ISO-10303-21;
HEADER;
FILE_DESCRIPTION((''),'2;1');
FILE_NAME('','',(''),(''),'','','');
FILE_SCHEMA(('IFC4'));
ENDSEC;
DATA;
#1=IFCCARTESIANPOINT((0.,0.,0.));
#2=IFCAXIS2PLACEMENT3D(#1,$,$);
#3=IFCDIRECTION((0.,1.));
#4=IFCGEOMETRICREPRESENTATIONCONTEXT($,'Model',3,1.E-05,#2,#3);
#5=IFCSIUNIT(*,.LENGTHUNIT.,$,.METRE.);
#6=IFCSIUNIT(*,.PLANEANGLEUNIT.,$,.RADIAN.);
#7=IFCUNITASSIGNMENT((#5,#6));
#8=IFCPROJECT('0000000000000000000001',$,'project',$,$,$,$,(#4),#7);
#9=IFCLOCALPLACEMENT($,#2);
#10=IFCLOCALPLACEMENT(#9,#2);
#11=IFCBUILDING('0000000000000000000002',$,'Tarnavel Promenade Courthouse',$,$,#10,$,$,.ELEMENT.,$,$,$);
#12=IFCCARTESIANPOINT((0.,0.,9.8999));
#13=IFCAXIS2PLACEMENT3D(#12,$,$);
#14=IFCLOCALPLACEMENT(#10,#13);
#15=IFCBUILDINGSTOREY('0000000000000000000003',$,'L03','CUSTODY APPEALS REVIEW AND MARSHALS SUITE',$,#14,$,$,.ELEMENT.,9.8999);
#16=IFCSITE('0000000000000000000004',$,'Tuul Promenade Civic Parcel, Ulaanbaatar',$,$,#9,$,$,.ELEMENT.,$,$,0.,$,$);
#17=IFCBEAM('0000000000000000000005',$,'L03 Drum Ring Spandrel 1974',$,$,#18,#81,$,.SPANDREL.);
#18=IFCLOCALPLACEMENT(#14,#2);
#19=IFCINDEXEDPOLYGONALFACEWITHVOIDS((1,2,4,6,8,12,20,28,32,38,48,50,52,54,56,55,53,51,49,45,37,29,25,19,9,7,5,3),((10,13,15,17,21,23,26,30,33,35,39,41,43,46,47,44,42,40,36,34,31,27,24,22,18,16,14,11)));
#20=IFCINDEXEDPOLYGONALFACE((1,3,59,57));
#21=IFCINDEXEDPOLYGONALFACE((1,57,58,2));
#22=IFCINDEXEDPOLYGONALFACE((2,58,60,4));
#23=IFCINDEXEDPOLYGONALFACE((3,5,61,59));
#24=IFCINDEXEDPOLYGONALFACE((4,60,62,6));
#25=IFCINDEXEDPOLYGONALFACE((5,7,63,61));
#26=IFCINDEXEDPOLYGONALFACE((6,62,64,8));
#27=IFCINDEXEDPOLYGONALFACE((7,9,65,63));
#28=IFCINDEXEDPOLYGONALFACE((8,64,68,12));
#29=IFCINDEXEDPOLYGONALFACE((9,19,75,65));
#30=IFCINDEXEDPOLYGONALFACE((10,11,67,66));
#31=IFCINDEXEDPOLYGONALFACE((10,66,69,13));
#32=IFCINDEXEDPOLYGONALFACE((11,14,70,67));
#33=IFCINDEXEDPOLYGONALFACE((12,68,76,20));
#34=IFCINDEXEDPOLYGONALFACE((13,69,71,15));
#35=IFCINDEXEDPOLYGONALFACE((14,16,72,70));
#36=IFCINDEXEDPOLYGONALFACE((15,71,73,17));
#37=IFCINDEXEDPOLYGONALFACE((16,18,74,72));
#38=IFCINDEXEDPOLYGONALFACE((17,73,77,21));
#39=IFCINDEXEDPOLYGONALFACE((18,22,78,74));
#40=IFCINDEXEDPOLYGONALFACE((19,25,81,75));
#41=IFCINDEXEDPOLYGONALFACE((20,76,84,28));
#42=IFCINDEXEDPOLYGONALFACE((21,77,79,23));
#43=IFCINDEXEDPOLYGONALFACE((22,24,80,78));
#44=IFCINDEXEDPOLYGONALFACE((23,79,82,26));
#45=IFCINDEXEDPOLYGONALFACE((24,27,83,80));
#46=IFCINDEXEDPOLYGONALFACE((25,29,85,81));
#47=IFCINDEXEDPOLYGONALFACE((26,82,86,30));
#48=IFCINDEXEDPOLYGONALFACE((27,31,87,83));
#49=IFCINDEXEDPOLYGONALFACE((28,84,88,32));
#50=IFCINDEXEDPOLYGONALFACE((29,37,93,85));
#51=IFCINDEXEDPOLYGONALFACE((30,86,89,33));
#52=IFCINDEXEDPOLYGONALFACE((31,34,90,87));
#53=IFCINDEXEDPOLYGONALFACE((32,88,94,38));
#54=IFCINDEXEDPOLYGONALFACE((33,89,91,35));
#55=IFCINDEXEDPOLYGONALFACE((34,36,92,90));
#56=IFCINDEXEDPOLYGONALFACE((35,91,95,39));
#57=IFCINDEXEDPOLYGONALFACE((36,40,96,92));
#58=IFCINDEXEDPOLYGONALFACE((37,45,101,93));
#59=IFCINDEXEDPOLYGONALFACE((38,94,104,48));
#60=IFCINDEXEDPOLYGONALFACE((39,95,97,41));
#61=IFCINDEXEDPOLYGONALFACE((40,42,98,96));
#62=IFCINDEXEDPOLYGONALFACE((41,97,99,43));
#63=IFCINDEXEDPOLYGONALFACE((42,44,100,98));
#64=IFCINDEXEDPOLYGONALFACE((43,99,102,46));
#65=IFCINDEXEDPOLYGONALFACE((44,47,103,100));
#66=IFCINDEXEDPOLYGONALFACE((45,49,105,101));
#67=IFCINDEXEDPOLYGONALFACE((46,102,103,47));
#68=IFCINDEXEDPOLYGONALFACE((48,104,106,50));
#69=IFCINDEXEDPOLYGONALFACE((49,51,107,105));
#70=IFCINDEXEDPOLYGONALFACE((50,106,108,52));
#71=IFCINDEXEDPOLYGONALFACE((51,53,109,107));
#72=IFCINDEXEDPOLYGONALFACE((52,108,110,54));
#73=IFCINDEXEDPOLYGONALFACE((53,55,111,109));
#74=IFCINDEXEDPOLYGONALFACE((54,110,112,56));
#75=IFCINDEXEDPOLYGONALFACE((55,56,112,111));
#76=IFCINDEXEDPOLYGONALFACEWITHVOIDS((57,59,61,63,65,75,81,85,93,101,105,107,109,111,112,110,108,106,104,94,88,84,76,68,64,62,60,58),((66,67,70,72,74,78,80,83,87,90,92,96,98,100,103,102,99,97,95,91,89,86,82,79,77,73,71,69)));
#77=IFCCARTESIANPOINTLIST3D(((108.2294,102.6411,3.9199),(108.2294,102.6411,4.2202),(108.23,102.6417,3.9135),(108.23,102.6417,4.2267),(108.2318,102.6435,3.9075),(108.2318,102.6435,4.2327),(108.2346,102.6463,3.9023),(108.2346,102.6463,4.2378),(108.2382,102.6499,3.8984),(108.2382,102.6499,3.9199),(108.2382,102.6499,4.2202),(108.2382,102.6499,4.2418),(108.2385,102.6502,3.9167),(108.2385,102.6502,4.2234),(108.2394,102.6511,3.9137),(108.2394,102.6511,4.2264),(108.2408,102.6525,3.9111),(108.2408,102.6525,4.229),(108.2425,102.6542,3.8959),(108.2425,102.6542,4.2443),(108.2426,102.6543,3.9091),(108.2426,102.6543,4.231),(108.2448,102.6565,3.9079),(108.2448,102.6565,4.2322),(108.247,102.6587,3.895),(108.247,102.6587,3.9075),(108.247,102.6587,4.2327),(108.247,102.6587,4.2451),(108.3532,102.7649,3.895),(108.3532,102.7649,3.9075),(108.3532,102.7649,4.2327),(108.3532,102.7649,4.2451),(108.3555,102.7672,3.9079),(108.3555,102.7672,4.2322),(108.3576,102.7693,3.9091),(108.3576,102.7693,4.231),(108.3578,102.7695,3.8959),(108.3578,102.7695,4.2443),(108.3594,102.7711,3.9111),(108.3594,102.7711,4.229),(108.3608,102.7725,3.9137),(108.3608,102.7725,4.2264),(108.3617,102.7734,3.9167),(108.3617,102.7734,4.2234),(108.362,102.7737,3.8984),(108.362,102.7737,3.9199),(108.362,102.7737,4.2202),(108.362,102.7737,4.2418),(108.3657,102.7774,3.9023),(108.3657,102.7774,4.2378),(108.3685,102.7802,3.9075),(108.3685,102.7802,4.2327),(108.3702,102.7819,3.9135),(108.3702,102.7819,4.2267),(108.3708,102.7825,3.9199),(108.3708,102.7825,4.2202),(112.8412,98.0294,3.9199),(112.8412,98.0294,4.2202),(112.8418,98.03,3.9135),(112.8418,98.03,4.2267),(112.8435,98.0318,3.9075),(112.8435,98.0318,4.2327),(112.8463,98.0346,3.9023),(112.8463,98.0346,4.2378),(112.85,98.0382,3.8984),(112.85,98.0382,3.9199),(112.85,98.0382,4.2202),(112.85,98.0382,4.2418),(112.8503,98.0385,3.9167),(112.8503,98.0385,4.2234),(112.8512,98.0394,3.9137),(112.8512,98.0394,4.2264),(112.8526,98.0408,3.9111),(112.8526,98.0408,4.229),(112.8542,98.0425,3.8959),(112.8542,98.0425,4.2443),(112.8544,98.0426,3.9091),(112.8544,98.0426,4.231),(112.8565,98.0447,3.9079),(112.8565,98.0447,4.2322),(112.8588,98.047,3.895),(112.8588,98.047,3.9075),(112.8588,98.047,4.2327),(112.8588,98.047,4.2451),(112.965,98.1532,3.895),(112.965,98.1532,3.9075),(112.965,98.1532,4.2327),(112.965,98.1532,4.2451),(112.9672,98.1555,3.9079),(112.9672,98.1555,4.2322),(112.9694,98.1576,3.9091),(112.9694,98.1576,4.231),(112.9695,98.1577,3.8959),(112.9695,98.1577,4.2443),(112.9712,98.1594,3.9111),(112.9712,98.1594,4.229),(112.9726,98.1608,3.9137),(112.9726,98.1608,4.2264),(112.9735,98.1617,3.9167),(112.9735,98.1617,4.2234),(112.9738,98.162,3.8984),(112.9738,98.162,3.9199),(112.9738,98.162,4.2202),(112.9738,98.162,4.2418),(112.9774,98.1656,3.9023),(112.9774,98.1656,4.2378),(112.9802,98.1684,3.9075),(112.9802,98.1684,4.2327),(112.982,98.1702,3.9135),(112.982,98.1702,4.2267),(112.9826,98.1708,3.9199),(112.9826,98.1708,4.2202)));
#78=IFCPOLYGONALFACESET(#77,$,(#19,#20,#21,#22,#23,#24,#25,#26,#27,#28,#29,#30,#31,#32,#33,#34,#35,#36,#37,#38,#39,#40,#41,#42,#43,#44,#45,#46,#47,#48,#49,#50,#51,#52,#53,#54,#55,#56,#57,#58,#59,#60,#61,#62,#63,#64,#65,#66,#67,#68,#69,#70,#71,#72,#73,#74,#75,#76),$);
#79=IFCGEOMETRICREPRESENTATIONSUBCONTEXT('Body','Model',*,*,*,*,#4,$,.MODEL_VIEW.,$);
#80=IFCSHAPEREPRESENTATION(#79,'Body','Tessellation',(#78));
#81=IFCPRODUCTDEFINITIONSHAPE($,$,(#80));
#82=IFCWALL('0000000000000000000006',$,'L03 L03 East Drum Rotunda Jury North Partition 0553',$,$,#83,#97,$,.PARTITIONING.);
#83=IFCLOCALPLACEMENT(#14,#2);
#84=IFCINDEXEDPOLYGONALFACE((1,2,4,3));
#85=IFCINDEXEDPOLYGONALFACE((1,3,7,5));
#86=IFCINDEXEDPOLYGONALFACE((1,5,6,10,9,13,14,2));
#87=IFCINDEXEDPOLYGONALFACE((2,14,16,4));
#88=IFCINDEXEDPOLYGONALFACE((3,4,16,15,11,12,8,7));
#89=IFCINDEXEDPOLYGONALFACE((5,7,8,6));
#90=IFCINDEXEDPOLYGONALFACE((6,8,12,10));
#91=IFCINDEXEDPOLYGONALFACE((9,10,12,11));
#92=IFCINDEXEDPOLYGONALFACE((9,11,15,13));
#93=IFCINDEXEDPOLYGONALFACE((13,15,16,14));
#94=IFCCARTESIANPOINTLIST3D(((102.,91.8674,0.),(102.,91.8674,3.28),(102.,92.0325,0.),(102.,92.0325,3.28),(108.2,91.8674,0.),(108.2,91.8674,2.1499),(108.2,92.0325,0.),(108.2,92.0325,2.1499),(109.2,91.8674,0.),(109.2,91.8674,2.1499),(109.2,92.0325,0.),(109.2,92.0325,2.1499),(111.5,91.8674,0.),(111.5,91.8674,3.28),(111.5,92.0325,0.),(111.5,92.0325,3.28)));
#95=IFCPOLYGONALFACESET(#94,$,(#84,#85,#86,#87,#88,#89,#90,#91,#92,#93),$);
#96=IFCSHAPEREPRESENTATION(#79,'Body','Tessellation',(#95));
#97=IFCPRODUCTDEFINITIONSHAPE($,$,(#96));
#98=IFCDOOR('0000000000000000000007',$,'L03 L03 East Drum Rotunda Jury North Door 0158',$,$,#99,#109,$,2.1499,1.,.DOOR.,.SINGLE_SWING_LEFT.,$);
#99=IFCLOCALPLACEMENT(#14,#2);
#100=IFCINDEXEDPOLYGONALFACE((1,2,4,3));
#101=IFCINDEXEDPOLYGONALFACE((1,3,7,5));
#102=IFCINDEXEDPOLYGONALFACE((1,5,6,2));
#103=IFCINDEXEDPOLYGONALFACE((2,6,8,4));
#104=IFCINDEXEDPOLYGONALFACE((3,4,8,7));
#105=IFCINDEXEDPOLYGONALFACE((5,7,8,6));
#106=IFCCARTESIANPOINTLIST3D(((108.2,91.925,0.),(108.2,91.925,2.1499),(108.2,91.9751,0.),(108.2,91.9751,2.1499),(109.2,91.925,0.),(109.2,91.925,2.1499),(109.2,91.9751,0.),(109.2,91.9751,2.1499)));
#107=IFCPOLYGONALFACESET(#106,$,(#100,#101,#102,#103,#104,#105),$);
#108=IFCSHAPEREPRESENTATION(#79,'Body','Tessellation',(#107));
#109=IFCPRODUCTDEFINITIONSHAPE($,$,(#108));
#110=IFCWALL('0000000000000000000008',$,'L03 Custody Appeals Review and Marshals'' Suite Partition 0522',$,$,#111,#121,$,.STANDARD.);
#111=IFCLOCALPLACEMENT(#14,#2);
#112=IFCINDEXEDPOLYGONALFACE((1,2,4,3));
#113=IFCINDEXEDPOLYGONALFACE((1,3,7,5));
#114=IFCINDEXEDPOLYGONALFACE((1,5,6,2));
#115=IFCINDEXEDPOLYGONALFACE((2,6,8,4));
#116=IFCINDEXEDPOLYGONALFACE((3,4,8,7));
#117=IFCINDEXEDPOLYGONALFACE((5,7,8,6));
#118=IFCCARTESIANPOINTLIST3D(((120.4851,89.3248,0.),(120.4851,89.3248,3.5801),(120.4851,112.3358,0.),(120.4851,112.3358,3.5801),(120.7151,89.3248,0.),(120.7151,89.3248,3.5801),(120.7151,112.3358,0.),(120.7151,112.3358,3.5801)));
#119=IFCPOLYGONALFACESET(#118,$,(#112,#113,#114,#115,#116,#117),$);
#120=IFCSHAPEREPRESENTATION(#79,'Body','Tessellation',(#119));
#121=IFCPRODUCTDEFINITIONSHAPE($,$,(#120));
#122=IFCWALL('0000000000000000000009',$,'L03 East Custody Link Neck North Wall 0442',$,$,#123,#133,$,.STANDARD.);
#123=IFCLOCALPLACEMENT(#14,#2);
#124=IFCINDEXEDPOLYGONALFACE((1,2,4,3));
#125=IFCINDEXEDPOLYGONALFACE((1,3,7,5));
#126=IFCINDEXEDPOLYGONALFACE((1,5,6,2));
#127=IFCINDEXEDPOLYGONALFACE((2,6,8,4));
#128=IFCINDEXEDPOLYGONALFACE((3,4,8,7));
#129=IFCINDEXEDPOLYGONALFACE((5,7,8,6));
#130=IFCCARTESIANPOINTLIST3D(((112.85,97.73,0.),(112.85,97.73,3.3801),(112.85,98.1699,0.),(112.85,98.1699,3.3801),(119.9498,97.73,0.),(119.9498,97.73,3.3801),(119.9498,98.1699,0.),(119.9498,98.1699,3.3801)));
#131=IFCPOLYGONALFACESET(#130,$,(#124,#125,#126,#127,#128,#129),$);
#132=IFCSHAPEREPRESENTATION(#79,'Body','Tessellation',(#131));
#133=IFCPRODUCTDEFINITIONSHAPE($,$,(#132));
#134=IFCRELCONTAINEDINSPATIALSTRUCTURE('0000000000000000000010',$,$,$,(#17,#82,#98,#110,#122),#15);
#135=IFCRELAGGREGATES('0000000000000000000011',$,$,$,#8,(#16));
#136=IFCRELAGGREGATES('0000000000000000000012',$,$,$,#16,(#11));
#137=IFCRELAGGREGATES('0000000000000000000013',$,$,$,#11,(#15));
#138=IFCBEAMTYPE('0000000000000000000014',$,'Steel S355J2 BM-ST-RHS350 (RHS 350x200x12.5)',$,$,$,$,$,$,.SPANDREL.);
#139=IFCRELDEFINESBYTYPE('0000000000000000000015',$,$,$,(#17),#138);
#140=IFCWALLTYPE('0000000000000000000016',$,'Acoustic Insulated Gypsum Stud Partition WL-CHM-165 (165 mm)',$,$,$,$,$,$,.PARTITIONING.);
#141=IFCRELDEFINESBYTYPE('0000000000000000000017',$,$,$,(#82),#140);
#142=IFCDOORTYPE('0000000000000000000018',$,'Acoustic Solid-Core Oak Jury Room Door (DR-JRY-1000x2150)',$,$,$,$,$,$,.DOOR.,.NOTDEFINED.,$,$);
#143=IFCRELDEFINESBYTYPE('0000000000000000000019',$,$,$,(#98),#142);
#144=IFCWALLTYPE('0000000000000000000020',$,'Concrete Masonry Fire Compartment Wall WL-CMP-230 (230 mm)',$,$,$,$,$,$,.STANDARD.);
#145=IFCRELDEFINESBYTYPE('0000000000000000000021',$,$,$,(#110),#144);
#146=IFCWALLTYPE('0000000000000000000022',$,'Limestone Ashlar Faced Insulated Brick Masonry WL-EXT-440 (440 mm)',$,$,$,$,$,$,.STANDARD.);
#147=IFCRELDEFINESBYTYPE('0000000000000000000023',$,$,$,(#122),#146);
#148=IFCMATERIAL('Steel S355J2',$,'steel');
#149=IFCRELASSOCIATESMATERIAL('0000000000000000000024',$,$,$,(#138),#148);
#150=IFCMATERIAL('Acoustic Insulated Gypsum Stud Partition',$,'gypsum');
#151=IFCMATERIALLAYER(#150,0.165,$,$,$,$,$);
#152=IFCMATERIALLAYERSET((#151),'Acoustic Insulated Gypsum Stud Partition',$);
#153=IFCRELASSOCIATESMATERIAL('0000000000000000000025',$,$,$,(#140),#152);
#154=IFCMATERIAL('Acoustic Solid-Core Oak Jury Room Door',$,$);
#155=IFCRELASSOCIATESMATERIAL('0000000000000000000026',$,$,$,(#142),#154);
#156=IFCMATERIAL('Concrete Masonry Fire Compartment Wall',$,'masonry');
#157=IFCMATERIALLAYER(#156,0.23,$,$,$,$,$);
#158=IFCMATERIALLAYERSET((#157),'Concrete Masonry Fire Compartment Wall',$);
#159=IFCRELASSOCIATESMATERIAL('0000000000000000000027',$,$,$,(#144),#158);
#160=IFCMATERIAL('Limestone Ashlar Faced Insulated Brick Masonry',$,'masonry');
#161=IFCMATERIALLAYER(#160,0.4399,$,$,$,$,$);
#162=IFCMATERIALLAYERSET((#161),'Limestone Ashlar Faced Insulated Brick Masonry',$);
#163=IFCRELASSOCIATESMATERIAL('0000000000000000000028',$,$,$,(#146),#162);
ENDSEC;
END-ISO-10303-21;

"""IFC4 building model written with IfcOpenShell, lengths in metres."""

from ifc_helpers import new_model, si_unit, direction, frame, frame_2d, origin, origin_2d, place, context, subcontext, project, spatial, rectangle, hollow_rectangle, extrude, material, layer, layer_set, material_profile, profile_set, type_object, element, fill, save


model = new_model("IFC4")

# Units and contexts
model_context = context("Model", 3, precision=1e-05, world=origin(), true_north=direction((0.0, 1.0)))
body_context = subcontext(model_context, "Body", "Model", "MODEL_VIEW")
ifc_project = project(units=[si_unit("LENGTHUNIT", "METRE"), si_unit("PLANEANGLEUNIT", "RADIAN")], contexts=[model_context])

# Site, building, storey
site_placement = place(None, origin())
site = spatial("IfcSite", under=ifc_project, at=site_placement, Name="Tuul Promenade Civic Parcel, Ulaanbaatar", CompositionType="ELEMENT", RefElevation=0.0)
building_placement = place(site_placement, origin())
building = spatial("IfcBuilding", under=site, at=building_placement, Name="Tarnavel Promenade Courthouse", CompositionType="ELEMENT")
storey_placement = place(building_placement, frame((0.0, 0.0, 9.8999)))
storey = spatial("IfcBuildingStorey", under=building, at=storey_placement, Name="L03", Description="CUSTODY APPEALS REVIEW AND MARSHALS SUITE", CompositionType="ELEMENT", Elevation=9.8999)

# Beam
ifc_material_1 = material(Name="Steel S355J2", Category="steel")
ifc_material_profile_1 = material_profile(ifc_material_1, hollow_rectangle(XDim=0.2, YDim=0.3501, WallThickness=0.0125, InnerFilletRadius=0.0125, OuterFilletRadius=0.0249, at=origin_2d()), Name="RHS 350x200x12.5")
ifc_profile_set_1 = profile_set([ifc_material_profile_1], Name="Steel S355J2")
beam_type_1 = type_object("IfcBeamType", Name="Steel S355J2 BM-ST-RHS350 (RHS 350x200x12.5)", PredefinedType="SPANDREL", material=ifc_profile_set_1)
beam_1_placement = place(storey_placement, frame((112.9119, 98.1001, 4.0701), z_axis=(-0.707107, 0.707107, 0.0), x_axis=(-0.707107, -0.707107, 0.0)))
element("IfcBeam", 1, at=beam_1_placement, inside=storey, type_object=beam_type_1, Name="L03 Drum Ring Spandrel 1974", PredefinedType="SPANDREL", context=body_context, shape_type="SweptSolid", body=[
    extrude(hollow_rectangle(XDim=0.2, YDim=0.3501, WallThickness=0.0125, InnerFilletRadius=0.0125, OuterFilletRadius=0.0249, at=origin_2d()), origin(), (0.0, 0.0, 1.0), 6.522),
])

# Wall, opening, door
ifc_material_2 = material(Name="Acoustic Insulated Gypsum Stud Partition", Category="gypsum")
ifc_layer_1 = layer(ifc_material_2, 0.165)
ifc_layer_set_1 = layer_set([ifc_layer_1], Name="Acoustic Insulated Gypsum Stud Partition")
wall_type_1 = type_object("IfcWallType", Name="Acoustic Insulated Gypsum Stud Partition WL-CHM-165 (165 mm)", PredefinedType="PARTITIONING", material=ifc_layer_set_1)
wall_1_placement = place(storey_placement, frame((111.5, 91.95, 0.0), z_axis=(0.0, 0.0, 1.0), x_axis=(-1.0, 0.0, 0.0)))
wall_1 = element("IfcWall", 2, at=wall_1_placement, inside=storey, type_object=wall_type_1, Name="L03 L03 East Drum Rotunda Jury North Partition 0553", PredefinedType="PARTITIONING", context=body_context, shape_type="SweptSolid", body=[
    extrude(rectangle(XDim=9.5, YDim=0.165, at=frame_2d((4.75, 0.0))), origin(), (0.0, 0.0, 1.0), 3.28),
])
opening_placement = place(wall_1_placement, frame((2.3, 0.0, 0.0)))
opening = element("IfcOpeningElement", 3, at=opening_placement, cuts=wall_1, PredefinedType="OPENING", context=body_context, shape_type="SweptSolid", body=[
    extrude(rectangle(XDim=1.0, YDim=2.1499, at=frame_2d((0.5, 1.075))), frame((0.0, 0.0925, 0.0), z_axis=(0.0, -1.0, 0.0), x_axis=(1.0, 0.0, 0.0)), (0.0, 0.0, 1.0), 0.1851),
])
ifc_material_3 = material(Name="Acoustic Solid-Core Oak Jury Room Door")
door_type = type_object("IfcDoorType", Name="Acoustic Solid-Core Oak Jury Room Door (DR-JRY-1000x2150)", OperationType="NOTDEFINED", PredefinedType="DOOR", material=ifc_material_3)
door_placement = place(opening_placement, origin())
door = element("IfcDoor", 4, at=door_placement, inside=storey, type_object=door_type, Name="L03 L03 East Drum Rotunda Jury North Door 0158", OperationType="SINGLE_SWING_LEFT", OverallHeight=2.1499, OverallWidth=1.0, PredefinedType="DOOR", context=body_context, shape_type="SweptSolid", body=[
    extrude(rectangle(XDim=1.0, YDim=2.1499, at=frame_2d((0.5, 1.075))), frame((0.0, 0.0249, 0.0), z_axis=(0.0, -1.0, 0.0), x_axis=(1.0, 0.0, 0.0)), (0.0, 0.0, 1.0), 0.05),
])
fill(opening, door)

# Walls
ifc_material_4 = material(Name="Concrete Masonry Fire Compartment Wall", Category="masonry")
ifc_layer_2 = layer(ifc_material_4, 0.23)
ifc_layer_set_2 = layer_set([ifc_layer_2], Name="Concrete Masonry Fire Compartment Wall")
wall_type_2 = type_object("IfcWallType", Name="Concrete Masonry Fire Compartment Wall WL-CMP-230 (230 mm)", PredefinedType="STANDARD", material=ifc_layer_set_2)
wall_2_placement = place(storey_placement, frame((120.6001, 89.325, 0.0), z_axis=(0.0, 0.0, 1.0), x_axis=(0.0, 1.0, 0.0)))
element("IfcWall", 5, at=wall_2_placement, inside=storey, type_object=wall_type_2, Name="L03 Custody Appeals Review and Marshals' Suite Partition 0522", PredefinedType="STANDARD", context=body_context, shape_type="SweptSolid", body=[
    extrude(rectangle(XDim=23.011, YDim=0.23, at=frame_2d((11.5054, 0.0))), origin(), (0.0, 0.0, 1.0), 3.5801),
])
ifc_material_5 = material(Name="Limestone Ashlar Faced Insulated Brick Masonry", Category="masonry")
ifc_layer_3 = layer(ifc_material_5, 0.4399)
ifc_layer_set_3 = layer_set([ifc_layer_3], Name="Limestone Ashlar Faced Insulated Brick Masonry")
wall_type_3 = type_object("IfcWallType", Name="Limestone Ashlar Faced Insulated Brick Masonry WL-EXT-440 (440 mm)", PredefinedType="STANDARD", material=ifc_layer_set_3)
wall_3_placement = place(storey_placement, frame((112.8501, 97.95, 0.0), z_axis=(0.0, 0.0, 1.0), x_axis=(1.0, 0.0, 0.0)))
element("IfcWall", 6, at=wall_3_placement, inside=storey, type_object=wall_type_3, Name="L03 East Custody Link Neck North Wall 0442", PredefinedType="STANDARD", context=body_context, shape_type="SweptSolid", body=[
    extrude(rectangle(XDim=7.0999, YDim=0.4399, at=frame_2d((3.5498, 0.0))), origin(), (0.0, 0.0, 1.0), 3.3801),
])

save(model, "model.ifc")
